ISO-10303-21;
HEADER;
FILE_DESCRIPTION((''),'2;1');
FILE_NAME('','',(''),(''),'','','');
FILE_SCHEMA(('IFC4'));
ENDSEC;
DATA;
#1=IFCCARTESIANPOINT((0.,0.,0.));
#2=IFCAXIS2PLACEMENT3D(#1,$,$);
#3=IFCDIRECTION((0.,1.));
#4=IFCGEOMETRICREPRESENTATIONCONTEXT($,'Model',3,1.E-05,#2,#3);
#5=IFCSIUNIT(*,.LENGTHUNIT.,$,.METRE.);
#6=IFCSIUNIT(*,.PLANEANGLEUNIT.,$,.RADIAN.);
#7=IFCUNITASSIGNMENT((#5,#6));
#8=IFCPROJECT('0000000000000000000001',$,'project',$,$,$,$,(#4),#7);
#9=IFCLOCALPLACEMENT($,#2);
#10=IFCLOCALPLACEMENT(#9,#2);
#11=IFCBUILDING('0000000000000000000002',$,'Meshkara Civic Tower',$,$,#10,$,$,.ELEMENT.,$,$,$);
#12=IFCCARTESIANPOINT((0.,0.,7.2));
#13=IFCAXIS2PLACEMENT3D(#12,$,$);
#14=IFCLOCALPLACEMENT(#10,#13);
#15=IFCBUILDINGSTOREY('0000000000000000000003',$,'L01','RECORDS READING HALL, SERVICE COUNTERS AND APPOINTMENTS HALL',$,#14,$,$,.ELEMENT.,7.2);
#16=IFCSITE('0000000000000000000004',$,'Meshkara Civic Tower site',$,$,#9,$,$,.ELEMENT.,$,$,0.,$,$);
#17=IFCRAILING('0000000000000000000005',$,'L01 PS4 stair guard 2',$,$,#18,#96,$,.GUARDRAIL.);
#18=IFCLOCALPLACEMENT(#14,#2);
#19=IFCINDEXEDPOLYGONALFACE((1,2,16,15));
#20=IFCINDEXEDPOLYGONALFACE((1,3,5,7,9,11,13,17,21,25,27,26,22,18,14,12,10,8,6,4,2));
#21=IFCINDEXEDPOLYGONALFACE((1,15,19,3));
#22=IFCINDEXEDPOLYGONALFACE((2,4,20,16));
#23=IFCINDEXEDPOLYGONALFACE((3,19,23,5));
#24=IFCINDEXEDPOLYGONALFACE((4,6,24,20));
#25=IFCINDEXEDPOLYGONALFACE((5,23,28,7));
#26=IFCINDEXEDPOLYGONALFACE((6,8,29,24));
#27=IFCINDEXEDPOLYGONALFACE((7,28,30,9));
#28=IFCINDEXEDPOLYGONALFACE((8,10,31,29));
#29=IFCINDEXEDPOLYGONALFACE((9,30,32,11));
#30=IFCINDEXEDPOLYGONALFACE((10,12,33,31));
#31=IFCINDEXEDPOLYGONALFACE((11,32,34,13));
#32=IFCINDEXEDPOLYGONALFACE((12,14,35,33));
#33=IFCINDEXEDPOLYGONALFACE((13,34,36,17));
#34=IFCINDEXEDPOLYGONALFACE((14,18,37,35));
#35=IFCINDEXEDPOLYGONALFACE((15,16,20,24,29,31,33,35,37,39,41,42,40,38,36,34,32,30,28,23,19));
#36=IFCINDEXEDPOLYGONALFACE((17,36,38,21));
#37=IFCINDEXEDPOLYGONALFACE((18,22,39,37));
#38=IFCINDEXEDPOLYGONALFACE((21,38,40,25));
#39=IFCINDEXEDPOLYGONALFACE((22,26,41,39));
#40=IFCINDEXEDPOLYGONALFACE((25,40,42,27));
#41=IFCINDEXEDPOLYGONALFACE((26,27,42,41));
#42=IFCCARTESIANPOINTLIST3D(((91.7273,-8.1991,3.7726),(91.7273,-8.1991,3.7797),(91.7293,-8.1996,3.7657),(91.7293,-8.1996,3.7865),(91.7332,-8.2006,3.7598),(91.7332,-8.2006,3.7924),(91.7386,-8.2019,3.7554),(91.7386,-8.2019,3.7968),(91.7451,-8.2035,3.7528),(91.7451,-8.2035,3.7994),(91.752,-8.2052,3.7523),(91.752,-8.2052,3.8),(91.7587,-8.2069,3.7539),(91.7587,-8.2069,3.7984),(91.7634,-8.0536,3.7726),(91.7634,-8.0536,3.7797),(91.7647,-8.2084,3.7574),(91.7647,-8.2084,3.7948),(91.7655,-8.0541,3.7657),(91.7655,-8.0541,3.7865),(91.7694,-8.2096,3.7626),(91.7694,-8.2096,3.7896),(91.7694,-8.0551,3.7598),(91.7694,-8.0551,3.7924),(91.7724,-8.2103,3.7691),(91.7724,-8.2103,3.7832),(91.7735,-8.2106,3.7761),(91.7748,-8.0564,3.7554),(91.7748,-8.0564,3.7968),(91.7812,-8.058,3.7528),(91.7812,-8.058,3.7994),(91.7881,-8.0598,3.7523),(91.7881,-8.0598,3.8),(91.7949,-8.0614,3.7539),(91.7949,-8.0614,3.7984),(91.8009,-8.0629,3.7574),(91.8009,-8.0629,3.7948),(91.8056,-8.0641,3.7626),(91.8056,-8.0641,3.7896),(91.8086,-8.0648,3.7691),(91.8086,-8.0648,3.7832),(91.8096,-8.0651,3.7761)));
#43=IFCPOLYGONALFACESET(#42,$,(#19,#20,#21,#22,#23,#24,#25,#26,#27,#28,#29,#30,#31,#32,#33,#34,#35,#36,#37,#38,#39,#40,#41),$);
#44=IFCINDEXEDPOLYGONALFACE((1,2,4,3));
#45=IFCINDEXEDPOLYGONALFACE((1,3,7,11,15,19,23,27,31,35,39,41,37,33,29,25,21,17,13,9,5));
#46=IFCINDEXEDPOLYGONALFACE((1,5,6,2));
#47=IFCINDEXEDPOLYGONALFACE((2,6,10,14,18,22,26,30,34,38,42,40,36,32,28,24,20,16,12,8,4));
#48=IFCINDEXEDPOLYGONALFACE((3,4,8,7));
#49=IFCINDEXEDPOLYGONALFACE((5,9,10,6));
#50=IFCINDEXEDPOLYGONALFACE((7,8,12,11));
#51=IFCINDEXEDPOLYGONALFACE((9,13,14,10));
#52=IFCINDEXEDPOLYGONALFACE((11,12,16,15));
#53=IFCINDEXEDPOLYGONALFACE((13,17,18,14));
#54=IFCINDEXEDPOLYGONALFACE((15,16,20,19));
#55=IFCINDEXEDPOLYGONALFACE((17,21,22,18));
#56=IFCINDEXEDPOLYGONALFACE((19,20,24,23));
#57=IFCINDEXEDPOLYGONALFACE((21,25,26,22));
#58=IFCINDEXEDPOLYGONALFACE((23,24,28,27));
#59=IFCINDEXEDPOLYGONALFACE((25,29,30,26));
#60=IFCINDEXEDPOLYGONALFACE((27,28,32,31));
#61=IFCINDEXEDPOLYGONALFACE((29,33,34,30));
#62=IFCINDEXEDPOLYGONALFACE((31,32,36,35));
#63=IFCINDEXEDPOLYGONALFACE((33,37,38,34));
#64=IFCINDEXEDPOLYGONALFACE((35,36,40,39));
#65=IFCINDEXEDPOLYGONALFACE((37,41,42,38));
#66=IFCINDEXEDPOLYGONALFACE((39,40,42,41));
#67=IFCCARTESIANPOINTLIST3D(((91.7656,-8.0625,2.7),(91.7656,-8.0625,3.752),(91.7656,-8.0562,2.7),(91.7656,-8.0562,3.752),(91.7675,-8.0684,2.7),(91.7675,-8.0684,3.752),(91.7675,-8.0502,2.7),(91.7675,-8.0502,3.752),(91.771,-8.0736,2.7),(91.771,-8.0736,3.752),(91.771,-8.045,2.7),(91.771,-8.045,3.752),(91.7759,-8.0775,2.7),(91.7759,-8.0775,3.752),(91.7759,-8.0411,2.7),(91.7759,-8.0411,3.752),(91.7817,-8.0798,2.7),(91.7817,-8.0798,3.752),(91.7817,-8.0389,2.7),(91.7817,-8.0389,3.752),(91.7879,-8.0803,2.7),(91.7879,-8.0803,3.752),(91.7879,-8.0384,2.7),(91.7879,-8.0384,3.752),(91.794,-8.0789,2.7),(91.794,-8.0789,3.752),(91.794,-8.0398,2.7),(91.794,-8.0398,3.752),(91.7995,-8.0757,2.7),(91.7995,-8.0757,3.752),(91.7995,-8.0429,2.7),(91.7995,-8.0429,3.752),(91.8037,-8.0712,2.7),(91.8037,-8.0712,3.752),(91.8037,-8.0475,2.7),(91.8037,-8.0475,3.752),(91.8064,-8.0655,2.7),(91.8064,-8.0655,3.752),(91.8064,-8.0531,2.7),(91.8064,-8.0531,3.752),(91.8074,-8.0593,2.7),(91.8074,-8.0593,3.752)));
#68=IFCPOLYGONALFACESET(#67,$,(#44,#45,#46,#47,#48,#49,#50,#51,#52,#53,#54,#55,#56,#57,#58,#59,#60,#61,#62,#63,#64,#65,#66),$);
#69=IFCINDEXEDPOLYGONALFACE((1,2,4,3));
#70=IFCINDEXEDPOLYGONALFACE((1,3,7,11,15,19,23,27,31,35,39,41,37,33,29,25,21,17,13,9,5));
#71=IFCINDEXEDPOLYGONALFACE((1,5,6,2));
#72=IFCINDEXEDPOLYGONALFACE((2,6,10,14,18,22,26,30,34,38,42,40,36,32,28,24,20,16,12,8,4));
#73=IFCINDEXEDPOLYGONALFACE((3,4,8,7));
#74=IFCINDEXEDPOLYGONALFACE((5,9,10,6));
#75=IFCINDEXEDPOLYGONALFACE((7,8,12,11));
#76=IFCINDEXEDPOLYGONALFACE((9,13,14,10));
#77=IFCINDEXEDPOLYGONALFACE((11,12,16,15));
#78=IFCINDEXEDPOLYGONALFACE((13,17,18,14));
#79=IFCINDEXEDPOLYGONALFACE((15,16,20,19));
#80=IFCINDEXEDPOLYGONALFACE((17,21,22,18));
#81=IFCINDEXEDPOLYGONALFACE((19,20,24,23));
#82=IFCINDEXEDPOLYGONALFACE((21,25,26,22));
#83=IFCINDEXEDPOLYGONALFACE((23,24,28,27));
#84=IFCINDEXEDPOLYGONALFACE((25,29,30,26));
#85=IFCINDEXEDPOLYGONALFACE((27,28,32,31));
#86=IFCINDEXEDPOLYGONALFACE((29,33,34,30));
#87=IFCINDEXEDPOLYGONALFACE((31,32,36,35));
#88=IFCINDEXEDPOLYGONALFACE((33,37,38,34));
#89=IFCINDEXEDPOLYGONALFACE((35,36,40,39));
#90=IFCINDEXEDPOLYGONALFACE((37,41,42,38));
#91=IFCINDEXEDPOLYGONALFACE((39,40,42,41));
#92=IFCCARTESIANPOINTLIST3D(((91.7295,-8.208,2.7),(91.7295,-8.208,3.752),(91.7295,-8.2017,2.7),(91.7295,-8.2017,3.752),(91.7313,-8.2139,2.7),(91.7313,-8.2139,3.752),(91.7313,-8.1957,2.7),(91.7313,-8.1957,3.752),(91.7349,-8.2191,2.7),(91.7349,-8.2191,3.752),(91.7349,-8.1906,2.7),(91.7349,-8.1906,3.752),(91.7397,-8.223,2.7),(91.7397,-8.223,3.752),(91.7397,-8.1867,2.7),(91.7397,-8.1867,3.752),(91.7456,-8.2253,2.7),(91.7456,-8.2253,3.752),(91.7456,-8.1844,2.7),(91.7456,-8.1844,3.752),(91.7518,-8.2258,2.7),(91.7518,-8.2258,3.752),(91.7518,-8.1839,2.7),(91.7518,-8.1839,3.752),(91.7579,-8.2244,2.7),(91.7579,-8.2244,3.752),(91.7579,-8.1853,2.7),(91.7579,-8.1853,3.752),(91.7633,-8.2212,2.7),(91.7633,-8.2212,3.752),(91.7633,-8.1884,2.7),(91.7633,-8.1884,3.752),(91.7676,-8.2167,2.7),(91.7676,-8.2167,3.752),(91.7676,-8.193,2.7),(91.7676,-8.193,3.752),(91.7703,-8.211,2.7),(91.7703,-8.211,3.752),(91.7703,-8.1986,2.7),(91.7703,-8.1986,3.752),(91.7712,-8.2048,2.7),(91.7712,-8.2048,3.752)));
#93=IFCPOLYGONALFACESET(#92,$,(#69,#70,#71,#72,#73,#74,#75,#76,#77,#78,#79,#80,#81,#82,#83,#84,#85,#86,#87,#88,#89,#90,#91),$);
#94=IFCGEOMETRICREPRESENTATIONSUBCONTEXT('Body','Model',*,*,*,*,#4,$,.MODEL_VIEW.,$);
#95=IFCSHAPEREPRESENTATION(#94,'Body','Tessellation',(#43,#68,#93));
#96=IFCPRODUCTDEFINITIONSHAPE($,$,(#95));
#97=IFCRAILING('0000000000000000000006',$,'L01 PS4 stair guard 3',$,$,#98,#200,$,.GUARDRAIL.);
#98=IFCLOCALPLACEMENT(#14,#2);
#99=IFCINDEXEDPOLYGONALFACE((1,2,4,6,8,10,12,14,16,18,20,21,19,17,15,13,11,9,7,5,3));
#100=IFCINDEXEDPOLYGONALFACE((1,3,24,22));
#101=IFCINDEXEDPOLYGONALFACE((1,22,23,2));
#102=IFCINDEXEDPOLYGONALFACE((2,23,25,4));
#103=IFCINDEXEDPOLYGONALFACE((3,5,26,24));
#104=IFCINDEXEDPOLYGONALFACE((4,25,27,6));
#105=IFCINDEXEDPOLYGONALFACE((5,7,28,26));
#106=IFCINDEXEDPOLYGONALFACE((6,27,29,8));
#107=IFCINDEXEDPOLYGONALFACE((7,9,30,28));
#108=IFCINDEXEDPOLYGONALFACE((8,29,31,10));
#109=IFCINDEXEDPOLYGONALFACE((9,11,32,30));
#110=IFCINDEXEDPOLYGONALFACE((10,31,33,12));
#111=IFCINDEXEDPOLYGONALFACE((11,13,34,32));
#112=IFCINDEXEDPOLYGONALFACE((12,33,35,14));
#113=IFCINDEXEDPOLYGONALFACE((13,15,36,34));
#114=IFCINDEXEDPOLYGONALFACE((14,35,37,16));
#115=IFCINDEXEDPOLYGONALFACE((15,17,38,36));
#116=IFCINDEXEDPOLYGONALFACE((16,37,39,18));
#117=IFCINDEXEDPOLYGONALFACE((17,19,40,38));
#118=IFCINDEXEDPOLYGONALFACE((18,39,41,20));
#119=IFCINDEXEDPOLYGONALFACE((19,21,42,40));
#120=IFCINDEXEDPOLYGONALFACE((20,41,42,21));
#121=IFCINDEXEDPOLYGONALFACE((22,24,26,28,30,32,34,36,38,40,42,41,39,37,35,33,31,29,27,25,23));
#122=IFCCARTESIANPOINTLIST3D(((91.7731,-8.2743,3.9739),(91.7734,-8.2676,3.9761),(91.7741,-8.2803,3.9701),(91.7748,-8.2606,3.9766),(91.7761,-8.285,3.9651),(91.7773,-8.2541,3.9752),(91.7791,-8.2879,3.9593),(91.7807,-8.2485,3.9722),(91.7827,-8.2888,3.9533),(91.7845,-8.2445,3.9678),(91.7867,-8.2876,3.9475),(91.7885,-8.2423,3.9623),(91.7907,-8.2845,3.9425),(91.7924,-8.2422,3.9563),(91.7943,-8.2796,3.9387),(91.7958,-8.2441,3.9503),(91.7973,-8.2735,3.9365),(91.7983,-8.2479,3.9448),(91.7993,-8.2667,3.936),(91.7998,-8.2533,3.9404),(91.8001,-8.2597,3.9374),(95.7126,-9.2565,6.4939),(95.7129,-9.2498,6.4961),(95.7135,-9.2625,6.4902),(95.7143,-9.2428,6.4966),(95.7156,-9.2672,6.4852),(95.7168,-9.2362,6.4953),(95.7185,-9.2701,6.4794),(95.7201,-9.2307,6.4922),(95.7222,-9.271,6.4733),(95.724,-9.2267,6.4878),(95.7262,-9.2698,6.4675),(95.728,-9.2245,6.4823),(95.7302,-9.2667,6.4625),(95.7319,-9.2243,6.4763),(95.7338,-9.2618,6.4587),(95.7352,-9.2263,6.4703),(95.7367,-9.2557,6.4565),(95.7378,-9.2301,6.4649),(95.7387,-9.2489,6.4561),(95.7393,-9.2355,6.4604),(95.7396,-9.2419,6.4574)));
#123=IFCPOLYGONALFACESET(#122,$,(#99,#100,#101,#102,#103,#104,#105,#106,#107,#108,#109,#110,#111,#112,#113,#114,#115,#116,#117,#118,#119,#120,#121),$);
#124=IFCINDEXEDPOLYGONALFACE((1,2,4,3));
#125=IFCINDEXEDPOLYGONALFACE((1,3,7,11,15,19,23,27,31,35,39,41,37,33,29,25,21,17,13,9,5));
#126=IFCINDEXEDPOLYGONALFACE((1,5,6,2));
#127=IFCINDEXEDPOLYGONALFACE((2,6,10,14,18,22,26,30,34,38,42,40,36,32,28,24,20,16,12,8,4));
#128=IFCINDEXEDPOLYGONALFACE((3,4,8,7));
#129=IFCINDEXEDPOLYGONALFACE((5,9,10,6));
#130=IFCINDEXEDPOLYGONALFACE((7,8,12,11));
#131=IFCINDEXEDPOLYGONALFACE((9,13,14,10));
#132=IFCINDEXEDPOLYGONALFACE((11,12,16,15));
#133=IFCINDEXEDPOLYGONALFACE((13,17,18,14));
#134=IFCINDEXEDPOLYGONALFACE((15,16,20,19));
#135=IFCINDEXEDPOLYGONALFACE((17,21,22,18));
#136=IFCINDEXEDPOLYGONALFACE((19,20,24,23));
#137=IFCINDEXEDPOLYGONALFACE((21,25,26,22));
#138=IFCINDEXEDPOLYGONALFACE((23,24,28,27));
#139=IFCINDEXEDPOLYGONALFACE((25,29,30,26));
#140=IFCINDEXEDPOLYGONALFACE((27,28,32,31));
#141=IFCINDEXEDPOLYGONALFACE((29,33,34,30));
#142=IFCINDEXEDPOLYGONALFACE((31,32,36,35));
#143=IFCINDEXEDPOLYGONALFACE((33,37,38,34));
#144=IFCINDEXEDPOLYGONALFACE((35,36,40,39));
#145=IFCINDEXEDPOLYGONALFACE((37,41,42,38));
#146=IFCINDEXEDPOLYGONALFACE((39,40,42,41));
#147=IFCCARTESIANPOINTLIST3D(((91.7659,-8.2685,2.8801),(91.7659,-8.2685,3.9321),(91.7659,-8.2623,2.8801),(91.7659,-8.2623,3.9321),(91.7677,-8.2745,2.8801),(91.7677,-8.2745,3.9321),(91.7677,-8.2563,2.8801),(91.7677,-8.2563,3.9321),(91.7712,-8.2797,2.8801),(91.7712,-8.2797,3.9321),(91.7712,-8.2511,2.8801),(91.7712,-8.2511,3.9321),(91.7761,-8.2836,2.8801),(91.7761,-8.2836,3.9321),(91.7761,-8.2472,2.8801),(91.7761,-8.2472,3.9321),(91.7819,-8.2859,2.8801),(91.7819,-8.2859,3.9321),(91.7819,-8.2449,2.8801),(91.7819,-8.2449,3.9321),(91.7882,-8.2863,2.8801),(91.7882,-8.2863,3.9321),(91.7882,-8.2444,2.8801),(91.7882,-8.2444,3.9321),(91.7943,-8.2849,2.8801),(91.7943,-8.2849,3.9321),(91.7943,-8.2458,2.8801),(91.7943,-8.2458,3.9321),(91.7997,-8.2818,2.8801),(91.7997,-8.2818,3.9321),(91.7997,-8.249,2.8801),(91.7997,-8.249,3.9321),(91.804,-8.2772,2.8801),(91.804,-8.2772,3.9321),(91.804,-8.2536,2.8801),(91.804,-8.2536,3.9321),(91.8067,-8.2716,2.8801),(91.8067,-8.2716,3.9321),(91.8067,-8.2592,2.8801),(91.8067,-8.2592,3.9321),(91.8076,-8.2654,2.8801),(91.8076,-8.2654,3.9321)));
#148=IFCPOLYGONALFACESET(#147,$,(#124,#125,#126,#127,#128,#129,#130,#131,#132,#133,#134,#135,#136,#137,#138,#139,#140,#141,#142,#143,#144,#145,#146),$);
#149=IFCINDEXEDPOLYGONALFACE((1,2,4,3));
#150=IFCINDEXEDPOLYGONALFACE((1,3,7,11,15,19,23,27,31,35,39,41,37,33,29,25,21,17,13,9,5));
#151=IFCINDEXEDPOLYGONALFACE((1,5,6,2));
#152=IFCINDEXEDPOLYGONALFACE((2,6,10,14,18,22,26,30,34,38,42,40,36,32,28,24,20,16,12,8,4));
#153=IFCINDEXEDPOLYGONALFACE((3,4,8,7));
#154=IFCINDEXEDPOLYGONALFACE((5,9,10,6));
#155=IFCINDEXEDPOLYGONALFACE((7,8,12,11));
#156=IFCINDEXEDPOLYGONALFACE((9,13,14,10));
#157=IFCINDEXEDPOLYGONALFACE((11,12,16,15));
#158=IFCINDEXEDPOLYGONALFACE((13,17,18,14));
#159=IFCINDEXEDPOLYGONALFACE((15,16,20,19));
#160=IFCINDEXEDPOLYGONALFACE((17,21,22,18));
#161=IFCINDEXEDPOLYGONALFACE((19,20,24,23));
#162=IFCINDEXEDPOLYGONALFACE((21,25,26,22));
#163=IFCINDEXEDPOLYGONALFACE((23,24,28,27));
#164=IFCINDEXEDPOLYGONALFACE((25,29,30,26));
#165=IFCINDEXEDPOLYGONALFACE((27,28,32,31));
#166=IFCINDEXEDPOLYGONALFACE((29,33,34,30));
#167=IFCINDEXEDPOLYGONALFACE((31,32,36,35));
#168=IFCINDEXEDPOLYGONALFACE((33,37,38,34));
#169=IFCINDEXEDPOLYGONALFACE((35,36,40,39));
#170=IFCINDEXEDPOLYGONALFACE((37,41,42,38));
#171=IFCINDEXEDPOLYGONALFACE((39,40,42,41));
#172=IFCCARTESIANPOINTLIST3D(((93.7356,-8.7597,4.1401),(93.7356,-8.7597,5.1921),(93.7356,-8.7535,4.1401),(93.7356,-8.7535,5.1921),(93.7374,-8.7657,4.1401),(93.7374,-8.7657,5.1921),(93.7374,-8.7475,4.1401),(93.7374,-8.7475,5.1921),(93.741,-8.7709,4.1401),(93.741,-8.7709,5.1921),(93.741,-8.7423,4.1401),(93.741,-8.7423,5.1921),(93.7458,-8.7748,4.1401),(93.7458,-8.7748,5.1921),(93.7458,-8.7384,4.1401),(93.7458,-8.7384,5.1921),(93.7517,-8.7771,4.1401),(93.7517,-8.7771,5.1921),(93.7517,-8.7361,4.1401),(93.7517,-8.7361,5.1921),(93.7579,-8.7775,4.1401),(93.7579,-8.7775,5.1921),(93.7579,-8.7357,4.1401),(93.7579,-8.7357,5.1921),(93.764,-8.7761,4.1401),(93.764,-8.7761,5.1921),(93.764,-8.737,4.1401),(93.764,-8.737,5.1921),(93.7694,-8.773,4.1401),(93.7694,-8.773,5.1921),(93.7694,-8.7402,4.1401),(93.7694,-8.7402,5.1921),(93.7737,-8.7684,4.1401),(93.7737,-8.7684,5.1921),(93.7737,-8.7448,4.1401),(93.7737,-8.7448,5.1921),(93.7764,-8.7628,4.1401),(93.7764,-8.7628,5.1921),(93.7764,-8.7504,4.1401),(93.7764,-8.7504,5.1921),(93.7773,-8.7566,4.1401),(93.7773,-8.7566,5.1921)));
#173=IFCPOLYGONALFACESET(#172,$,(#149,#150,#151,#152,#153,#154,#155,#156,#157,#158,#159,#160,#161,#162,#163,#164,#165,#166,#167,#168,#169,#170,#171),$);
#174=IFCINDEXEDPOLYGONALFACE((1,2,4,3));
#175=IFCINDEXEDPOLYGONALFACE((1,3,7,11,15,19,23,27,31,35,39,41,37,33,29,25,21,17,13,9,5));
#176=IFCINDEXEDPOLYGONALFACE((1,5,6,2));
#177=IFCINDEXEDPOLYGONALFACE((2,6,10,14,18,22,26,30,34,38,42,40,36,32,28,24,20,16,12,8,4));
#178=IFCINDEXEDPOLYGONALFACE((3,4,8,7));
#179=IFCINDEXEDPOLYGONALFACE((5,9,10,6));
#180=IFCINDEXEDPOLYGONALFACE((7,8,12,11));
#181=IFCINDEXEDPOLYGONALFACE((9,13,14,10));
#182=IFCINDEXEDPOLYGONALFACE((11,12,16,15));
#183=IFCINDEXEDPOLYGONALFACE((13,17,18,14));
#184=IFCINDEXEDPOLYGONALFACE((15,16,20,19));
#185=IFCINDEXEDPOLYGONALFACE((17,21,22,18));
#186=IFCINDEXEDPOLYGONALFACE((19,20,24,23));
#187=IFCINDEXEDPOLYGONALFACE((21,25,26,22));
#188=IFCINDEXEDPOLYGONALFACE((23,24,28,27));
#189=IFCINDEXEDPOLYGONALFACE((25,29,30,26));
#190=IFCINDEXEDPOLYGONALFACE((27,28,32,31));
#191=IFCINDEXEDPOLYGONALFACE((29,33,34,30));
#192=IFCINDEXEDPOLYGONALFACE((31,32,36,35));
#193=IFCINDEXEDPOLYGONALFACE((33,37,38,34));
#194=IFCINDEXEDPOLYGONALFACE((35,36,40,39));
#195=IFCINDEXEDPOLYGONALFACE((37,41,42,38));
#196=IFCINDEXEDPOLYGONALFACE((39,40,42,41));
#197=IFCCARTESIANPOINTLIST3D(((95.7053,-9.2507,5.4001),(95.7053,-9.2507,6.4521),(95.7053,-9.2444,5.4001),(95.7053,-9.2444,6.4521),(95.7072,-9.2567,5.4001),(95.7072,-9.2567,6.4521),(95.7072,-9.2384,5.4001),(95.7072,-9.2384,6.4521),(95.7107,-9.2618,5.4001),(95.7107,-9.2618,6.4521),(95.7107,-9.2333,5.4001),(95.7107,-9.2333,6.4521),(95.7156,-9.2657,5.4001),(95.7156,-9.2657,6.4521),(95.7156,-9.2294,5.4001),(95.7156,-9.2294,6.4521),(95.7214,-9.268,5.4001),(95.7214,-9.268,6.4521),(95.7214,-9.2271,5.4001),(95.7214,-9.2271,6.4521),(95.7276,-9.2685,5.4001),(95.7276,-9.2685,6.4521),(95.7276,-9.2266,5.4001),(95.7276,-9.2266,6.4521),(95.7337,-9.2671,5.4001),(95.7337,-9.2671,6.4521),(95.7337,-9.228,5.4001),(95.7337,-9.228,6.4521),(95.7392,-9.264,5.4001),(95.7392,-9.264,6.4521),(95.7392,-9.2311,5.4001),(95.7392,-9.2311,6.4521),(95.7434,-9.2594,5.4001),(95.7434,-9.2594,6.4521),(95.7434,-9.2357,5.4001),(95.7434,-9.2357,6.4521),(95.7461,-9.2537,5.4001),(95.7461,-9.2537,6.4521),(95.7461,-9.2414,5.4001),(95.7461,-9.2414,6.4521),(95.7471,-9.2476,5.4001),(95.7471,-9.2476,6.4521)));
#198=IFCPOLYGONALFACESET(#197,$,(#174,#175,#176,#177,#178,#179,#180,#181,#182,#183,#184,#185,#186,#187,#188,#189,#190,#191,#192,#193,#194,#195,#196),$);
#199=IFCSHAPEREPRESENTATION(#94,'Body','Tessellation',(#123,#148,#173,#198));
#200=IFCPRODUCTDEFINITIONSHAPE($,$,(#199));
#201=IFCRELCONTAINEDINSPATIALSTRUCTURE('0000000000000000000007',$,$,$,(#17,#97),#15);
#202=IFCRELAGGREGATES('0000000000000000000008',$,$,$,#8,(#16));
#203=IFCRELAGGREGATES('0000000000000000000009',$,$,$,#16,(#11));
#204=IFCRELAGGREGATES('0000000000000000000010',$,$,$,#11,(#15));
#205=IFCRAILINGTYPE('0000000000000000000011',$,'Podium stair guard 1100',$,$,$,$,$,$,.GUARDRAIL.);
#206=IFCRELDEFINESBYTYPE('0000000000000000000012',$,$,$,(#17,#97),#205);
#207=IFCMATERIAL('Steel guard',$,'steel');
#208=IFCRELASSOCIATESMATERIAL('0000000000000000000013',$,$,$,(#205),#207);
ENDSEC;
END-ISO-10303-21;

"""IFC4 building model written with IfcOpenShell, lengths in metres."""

from ifc_helpers import new_model, si_unit, direction, frame, origin, origin_2d, place, context, subcontext, project, spatial, circle, extrude, material, type_object, element, save


model = new_model("IFC4")

# Units and contexts
model_context = context("Model", 3, precision=1e-05, world=origin(), true_north=direction((0.0, 1.0)))
body_context = subcontext(model_context, "Body", "Model", "MODEL_VIEW")
ifc_project = project(units=[si_unit("LENGTHUNIT", "METRE"), si_unit("PLANEANGLEUNIT", "RADIAN")], contexts=[model_context])

# Site, building, storey
site_placement = place(None, origin())
site = spatial("IfcSite", under=ifc_project, at=site_placement, Name="Meshkara Civic Tower site", CompositionType="ELEMENT", RefElevation=0.0)
building_placement = place(site_placement, origin())
building = spatial("IfcBuilding", under=site, at=building_placement, Name="Meshkara Civic Tower", CompositionType="ELEMENT")
storey_placement = place(building_placement, frame((0.0, 0.0, 7.2)))
storey = spatial("IfcBuildingStorey", under=building, at=storey_placement, Name="L01", Description="RECORDS READING HALL, SERVICE COUNTERS AND APPOINTMENTS HALL", CompositionType="ELEMENT", Elevation=7.2)

# Railings
ifc_material_1 = material(Name="Steel guard", Category="steel")
railing_type = type_object("IfcRailingType", Name="Podium stair guard 1100", PredefinedType="GUARDRAIL", material=ifc_material_1)
railing_1_placement = place(storey_placement, frame((91.7864, -8.0593, 2.7)))
element("IfcRailing", 1, at=railing_1_placement, inside=storey, type_object=railing_type, Name="L01 PS4 stair guard 2", PredefinedType="GUARDRAIL", context=body_context, shape_type="SweptSolid", body=[
    extrude(circle(Radius=0.0239, at=origin_2d()), frame((0.0, 0.0, 1.0762), z_axis=(-0.241003, -0.970524, 0.0), x_axis=(0.970524, -0.241003, 0.0)), (0.0, 0.0, 1.0), 0.1499),
    extrude(circle(Radius=0.021, at=origin_2d()), origin(), (0.0, 0.0, 1.0), 1.052),
    extrude(circle(Radius=0.021, at=origin_2d()), frame((-0.0361, -0.1455, 0.0)), (0.0, 0.0, 1.0), 1.052),
])
railing_2_placement = place(storey_placement, frame((91.7866, -8.2654, 2.8801)))
element("IfcRailing", 2, at=railing_2_placement, inside=storey, type_object=railing_type, Name="L01 PS4 stair guard 3", PredefinedType="GUARDRAIL", context=body_context, shape_type="SweptSolid", body=[
    extrude(circle(Radius=0.0239, at=origin_2d()), frame((0.0, 0.0, 1.0762), z_axis=(0.824405, -0.205539, 0.527362), x_axis=(0.241913, 0.970298, 0.0)), (0.0, 0.0, 1.0), 4.7786),
    extrude(circle(Radius=0.021, at=origin_2d()), origin(), (0.0, 0.0, 1.0), 1.052),
    extrude(circle(Radius=0.021, at=origin_2d()), frame((1.9697, -0.4912, 1.26)), (0.0, 0.0, 1.0), 1.052),
    extrude(circle(Radius=0.021, at=origin_2d()), frame((3.9395, -0.9822, 2.52)), (0.0, 0.0, 1.0), 1.052),
])

save(model, "model.ifc")
